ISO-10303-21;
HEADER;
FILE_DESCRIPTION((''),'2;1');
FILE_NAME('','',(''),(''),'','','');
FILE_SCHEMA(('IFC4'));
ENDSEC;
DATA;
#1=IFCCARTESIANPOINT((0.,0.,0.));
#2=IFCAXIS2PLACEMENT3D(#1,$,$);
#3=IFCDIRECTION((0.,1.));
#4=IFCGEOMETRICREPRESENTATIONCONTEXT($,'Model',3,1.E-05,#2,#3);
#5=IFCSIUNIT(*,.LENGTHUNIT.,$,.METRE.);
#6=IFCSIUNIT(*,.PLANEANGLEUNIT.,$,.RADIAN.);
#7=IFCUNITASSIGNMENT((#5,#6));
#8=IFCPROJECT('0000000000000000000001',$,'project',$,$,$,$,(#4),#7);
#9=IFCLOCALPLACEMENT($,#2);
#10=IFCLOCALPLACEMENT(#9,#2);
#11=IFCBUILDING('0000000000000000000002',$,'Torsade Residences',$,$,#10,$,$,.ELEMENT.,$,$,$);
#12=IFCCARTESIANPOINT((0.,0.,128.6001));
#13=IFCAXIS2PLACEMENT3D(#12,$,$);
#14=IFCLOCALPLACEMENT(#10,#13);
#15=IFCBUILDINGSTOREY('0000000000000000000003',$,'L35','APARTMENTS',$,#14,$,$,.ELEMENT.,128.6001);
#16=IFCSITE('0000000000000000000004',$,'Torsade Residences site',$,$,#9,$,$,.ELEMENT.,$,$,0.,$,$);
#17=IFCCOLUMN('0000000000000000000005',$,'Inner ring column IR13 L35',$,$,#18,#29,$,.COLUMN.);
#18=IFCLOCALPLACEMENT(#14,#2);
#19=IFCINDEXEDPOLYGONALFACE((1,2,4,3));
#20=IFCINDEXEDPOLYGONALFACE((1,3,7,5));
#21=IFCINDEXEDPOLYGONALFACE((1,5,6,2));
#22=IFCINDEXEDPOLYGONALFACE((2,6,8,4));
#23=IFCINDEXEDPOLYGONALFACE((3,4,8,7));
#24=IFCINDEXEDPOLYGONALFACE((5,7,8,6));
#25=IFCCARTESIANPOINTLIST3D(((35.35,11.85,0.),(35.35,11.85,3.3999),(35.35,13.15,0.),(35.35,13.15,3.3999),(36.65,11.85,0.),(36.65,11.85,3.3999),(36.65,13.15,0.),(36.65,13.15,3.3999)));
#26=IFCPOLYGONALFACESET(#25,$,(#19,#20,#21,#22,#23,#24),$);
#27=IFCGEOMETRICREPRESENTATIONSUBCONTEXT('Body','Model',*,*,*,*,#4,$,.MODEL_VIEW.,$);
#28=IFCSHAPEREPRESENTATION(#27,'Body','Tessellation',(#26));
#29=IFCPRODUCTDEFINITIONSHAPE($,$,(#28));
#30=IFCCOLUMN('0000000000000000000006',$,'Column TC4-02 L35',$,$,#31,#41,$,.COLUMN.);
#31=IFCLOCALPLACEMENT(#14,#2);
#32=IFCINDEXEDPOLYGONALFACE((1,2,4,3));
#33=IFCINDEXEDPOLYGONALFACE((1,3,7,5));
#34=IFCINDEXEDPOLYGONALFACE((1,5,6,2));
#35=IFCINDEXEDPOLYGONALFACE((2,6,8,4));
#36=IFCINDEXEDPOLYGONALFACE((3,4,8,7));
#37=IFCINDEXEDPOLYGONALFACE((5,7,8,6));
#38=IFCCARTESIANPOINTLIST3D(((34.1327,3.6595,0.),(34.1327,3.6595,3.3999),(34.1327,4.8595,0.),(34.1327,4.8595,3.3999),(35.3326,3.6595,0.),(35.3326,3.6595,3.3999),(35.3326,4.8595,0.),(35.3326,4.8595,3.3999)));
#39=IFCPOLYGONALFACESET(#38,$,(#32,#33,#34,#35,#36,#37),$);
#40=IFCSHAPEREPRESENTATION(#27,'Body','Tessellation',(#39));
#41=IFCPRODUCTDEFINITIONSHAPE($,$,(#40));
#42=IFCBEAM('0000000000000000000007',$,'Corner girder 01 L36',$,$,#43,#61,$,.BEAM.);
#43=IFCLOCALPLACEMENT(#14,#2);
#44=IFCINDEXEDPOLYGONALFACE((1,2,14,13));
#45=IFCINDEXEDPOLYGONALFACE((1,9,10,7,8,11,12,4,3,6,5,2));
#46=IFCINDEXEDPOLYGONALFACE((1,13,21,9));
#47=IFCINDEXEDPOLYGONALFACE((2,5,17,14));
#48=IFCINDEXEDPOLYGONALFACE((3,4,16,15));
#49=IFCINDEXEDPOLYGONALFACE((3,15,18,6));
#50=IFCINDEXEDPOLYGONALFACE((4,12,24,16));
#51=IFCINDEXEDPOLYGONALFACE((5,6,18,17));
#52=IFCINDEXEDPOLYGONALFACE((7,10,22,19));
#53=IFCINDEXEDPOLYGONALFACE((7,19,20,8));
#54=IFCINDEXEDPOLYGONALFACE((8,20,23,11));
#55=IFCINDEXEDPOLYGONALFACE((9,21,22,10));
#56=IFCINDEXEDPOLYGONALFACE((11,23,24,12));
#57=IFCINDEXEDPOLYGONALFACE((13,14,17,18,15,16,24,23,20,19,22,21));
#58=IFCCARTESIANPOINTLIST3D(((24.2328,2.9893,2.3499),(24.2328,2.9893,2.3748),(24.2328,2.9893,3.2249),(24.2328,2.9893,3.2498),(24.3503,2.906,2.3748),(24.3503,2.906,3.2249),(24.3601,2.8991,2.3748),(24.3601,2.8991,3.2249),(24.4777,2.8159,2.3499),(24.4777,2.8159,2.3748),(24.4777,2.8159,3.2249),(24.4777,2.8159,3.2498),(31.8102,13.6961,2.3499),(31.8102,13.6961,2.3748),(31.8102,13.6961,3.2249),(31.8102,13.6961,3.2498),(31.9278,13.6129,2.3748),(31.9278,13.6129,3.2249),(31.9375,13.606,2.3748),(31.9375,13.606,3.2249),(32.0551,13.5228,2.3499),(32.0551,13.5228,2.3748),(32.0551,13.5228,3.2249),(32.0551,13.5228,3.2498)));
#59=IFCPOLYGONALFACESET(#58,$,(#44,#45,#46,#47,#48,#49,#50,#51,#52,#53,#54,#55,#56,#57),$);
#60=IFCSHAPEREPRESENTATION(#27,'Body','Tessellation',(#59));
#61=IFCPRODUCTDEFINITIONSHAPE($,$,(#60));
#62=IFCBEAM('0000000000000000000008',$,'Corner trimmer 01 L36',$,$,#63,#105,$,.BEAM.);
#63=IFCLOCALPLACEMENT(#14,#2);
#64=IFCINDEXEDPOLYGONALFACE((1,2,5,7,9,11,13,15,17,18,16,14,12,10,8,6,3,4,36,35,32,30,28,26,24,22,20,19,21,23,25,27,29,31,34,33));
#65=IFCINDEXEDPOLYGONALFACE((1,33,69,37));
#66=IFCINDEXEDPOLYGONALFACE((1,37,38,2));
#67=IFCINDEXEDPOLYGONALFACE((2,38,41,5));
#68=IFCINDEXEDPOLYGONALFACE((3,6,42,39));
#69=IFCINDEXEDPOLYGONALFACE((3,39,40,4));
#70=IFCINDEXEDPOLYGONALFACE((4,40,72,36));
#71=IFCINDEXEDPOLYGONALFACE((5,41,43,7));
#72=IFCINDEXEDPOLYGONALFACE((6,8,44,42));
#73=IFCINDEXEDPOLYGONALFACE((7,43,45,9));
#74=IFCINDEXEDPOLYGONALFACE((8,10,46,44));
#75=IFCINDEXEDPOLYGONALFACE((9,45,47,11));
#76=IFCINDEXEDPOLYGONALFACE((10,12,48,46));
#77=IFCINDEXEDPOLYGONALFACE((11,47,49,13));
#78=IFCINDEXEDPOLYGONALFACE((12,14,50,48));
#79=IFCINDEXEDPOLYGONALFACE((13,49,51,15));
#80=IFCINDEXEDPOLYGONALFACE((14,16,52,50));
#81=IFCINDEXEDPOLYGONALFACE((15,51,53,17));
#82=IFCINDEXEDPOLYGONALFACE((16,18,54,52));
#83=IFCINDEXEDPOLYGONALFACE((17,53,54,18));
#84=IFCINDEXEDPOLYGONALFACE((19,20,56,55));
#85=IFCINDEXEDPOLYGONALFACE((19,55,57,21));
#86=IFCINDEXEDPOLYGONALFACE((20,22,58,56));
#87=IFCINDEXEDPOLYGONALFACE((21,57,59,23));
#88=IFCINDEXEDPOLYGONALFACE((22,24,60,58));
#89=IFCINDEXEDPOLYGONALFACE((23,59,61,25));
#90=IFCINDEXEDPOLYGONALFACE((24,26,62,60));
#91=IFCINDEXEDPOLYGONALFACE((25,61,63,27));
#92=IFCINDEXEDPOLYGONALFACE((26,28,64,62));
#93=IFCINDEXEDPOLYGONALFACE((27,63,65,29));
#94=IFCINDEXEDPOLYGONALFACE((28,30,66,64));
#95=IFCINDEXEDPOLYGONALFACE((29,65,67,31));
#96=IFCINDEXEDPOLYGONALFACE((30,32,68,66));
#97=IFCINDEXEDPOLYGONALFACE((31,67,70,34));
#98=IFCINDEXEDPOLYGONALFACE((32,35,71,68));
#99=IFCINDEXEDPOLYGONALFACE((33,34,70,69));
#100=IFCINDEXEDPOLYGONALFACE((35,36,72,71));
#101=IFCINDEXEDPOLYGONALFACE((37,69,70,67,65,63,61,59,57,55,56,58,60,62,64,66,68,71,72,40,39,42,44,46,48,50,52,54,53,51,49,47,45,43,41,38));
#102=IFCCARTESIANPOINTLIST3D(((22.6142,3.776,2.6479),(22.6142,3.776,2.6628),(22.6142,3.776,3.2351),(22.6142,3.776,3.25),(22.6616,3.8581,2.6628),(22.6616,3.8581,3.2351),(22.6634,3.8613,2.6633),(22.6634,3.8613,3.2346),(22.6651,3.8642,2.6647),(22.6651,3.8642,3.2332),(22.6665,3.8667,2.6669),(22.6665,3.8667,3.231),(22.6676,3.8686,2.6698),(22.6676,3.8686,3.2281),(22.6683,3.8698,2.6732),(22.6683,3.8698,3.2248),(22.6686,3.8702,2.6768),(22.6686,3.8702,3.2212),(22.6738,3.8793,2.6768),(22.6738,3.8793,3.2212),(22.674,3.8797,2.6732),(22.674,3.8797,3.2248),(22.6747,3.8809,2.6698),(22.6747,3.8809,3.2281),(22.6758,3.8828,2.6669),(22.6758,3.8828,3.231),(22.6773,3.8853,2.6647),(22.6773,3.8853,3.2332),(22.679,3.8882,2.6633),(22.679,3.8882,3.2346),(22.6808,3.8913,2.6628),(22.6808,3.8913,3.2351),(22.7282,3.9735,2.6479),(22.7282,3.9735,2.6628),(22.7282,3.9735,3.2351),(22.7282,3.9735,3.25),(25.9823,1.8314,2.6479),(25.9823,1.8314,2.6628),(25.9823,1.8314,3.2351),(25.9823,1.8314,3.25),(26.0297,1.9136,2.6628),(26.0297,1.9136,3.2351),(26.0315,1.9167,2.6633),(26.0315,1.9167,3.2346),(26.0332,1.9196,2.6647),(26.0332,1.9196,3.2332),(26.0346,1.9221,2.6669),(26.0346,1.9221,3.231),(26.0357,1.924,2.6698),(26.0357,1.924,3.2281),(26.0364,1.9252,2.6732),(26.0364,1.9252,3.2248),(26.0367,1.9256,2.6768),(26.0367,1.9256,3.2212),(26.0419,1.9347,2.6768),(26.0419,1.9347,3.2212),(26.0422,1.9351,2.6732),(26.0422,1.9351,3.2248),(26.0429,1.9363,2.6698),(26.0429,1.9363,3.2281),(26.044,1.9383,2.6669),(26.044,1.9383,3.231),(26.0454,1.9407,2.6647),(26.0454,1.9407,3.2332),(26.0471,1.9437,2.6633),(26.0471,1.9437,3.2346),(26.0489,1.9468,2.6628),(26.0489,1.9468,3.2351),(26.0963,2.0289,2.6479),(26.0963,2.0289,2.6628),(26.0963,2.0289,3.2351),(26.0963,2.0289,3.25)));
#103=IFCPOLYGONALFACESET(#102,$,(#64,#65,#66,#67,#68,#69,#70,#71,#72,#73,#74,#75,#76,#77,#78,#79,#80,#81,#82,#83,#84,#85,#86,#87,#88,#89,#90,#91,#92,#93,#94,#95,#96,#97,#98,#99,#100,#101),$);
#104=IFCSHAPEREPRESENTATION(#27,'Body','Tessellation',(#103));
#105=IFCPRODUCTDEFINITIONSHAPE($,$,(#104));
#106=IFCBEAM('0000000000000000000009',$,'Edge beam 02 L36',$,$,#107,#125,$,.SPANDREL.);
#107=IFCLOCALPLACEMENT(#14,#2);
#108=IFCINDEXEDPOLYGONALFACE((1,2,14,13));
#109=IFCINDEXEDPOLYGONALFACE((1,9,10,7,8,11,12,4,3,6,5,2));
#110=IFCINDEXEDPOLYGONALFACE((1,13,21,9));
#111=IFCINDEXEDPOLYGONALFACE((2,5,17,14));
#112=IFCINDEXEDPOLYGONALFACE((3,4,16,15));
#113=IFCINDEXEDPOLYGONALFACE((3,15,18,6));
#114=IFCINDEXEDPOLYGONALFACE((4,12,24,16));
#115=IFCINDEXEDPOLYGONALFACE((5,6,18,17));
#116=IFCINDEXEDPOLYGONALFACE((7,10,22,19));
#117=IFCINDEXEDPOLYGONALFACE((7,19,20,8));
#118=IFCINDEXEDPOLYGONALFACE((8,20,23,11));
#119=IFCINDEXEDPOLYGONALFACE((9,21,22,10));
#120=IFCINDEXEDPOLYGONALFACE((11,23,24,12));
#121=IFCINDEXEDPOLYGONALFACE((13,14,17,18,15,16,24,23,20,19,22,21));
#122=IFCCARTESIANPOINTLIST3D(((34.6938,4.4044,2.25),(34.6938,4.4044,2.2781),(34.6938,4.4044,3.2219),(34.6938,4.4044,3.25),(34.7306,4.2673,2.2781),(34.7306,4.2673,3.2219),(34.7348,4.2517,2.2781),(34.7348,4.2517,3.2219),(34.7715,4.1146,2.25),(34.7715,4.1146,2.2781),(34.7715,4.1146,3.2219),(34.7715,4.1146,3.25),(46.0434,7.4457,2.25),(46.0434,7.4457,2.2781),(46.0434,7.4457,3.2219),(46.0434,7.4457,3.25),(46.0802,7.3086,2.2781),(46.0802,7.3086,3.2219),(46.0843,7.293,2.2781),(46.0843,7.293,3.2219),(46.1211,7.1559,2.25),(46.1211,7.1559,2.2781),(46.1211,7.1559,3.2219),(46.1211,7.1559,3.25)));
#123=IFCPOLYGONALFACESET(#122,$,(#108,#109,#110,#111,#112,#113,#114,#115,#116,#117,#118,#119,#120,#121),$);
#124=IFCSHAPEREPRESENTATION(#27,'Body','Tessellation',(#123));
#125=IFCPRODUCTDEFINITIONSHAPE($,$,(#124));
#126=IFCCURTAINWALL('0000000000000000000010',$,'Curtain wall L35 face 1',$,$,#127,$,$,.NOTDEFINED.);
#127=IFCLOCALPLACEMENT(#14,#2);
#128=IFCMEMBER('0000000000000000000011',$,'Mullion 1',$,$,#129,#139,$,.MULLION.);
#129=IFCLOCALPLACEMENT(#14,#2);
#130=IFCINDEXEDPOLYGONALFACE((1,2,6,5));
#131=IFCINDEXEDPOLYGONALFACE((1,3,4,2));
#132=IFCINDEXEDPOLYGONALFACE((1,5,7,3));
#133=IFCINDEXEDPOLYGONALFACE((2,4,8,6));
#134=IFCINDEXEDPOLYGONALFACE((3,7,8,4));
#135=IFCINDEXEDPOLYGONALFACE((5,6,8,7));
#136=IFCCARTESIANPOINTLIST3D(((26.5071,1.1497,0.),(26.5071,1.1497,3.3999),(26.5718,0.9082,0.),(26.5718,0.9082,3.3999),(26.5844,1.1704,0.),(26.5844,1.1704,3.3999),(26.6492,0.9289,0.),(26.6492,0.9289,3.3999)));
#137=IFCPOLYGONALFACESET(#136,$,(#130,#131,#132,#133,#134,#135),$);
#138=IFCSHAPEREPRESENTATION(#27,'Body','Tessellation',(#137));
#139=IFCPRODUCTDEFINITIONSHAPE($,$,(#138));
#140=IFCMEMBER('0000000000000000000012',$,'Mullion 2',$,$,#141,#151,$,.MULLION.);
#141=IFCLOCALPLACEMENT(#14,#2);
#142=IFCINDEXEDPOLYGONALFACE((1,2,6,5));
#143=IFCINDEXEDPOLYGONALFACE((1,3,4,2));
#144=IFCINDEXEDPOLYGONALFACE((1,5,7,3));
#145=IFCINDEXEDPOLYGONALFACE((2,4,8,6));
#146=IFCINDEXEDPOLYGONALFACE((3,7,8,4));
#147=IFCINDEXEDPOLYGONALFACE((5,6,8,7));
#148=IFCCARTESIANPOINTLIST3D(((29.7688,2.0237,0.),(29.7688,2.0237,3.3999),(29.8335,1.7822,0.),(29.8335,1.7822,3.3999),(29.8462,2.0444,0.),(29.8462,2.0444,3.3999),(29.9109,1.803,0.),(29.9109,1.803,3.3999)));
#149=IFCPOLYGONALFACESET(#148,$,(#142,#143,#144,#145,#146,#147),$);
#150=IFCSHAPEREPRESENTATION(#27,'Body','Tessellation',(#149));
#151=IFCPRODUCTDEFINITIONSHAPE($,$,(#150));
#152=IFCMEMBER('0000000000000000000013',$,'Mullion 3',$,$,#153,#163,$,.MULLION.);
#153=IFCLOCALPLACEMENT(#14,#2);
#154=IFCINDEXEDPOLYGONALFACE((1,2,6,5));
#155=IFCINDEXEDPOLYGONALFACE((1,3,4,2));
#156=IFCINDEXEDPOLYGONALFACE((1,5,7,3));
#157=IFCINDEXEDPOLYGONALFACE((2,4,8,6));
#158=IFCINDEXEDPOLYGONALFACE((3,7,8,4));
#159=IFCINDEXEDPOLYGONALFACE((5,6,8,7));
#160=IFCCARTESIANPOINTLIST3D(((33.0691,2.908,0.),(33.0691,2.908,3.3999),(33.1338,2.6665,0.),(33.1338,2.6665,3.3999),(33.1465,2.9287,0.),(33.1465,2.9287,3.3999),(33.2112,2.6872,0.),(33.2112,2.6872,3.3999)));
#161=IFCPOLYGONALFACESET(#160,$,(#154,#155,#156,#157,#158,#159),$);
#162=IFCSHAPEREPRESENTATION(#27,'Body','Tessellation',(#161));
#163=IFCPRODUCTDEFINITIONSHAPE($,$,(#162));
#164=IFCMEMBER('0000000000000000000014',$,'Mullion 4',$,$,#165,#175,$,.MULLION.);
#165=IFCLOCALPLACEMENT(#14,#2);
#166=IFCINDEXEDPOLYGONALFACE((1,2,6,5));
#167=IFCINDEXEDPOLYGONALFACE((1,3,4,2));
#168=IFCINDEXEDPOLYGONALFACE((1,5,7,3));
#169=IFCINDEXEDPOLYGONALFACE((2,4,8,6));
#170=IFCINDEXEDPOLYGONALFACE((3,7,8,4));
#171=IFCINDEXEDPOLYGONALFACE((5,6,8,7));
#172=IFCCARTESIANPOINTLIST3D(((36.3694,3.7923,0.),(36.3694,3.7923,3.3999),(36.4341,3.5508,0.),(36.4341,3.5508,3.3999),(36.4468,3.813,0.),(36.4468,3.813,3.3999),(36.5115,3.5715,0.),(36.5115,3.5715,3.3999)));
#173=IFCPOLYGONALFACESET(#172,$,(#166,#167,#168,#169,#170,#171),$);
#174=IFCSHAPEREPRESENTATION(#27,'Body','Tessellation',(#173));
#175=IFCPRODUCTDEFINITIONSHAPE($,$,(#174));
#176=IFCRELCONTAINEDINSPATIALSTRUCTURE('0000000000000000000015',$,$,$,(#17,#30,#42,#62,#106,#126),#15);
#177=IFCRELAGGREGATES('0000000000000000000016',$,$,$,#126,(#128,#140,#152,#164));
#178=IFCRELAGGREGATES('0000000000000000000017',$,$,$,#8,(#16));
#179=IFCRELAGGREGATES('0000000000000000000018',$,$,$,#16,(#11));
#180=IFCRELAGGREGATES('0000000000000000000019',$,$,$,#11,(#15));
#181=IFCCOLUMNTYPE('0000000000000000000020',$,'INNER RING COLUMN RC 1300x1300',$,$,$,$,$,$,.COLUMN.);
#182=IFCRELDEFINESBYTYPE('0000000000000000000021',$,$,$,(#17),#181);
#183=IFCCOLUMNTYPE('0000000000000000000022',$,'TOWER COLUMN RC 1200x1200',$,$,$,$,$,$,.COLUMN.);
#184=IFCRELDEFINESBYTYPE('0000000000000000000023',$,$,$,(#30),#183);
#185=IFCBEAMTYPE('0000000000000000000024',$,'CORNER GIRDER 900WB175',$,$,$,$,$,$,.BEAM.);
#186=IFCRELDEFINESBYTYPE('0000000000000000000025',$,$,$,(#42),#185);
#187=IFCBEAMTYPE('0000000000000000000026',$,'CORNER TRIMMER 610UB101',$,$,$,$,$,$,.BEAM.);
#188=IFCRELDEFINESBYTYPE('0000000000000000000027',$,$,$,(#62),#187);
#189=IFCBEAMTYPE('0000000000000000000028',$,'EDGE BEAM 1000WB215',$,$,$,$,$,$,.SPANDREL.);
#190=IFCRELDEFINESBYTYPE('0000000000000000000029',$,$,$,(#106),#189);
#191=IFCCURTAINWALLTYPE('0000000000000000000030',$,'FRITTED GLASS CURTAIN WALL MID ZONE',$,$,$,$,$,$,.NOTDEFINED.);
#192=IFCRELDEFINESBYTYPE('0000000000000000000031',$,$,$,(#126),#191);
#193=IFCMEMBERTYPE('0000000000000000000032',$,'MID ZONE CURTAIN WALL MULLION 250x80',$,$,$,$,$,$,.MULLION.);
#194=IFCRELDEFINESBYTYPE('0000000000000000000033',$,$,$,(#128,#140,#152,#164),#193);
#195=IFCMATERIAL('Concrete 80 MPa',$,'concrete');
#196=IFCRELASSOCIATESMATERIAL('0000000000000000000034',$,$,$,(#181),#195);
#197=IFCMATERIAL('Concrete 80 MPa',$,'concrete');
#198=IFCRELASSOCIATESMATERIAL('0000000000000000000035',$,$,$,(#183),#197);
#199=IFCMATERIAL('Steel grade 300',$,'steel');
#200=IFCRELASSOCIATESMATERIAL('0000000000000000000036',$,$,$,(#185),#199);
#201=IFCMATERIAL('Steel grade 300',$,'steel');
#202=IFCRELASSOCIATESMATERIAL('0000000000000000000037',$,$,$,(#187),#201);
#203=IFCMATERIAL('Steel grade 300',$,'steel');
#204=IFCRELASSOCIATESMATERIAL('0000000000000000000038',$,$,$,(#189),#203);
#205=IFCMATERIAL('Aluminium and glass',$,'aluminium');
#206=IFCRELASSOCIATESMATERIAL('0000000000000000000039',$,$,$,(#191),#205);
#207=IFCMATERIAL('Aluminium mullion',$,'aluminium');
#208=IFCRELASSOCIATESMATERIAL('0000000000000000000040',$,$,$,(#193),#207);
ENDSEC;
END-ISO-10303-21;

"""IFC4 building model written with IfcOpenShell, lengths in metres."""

from ifc_helpers import new_model, si_unit, direction, frame, origin, origin_2d, place, context, subcontext, project, spatial, rectangle, i_section, extrude, material, material_profile, profile_set, type_object, element, aggregate, save


model = new_model("IFC4")

# Units and contexts
model_context = context("Model", 3, precision=1e-05, world=origin(), true_north=direction((0.0, 1.0)))
body_context = subcontext(model_context, "Body", "Model", "MODEL_VIEW")
ifc_project = project(units=[si_unit("LENGTHUNIT", "METRE"), si_unit("PLANEANGLEUNIT", "RADIAN")], contexts=[model_context])

# Site, building, storey
site_placement = place(None, origin())
site = spatial("IfcSite", under=ifc_project, at=site_placement, Name="Torsade Residences site", CompositionType="ELEMENT", RefElevation=0.0)
building_placement = place(site_placement, origin())
building = spatial("IfcBuilding", under=site, at=building_placement, Name="Torsade Residences", CompositionType="ELEMENT")
storey_placement = place(building_placement, frame((0.0, 0.0, 128.6001)))
storey = spatial("IfcBuildingStorey", under=building, at=storey_placement, Name="L35", Description="APARTMENTS", CompositionType="ELEMENT", Elevation=128.6001)

# Columns
ifc_material_1 = material(Name="Concrete 80 MPa", Category="concrete")
ifc_material_profile_1 = material_profile(ifc_material_1, rectangle(XDim=1.3, YDim=1.3, at=origin_2d()), Name="RC 1300x1300")
ifc_profile_set_1 = profile_set([ifc_material_profile_1], Name="Concrete 80 MPa")
column_type_1 = type_object("IfcColumnType", Name="INNER RING COLUMN RC 1300x1300", PredefinedType="COLUMN", material=ifc_profile_set_1)
column_1_placement = place(storey_placement, frame((36.0, 12.5, 0.0), z_axis=(0.0, 0.0, 1.0), x_axis=(1.0, 0.0, 0.0)))
element("IfcColumn", 1, at=column_1_placement, inside=storey, type_object=column_type_1, Name="Inner ring column IR13 L35", PredefinedType="COLUMN", context=body_context, shape_type="SweptSolid", body=[
    extrude(rectangle(XDim=1.3, YDim=1.3, at=origin_2d()), origin(), (0.0, 0.0, 1.0), 3.3999),
])
ifc_material_2 = material(Name="Concrete 80 MPa", Category="concrete")
ifc_material_profile_2 = material_profile(ifc_material_2, rectangle(XDim=1.2, YDim=1.2, at=origin_2d()), Name="RC 1200x1200")
ifc_profile_set_2 = profile_set([ifc_material_profile_2], Name="Concrete 80 MPa")
column_type_2 = type_object("IfcColumnType", Name="TOWER COLUMN RC 1200x1200", PredefinedType="COLUMN", material=ifc_profile_set_2)
column_2_placement = place(storey_placement, frame((34.7327, 4.2595, 0.0), z_axis=(0.0, 0.0, 1.0), x_axis=(1.0, 0.0, 0.0)))
element("IfcColumn", 2, at=column_2_placement, inside=storey, type_object=column_type_2, Name="Column TC4-02 L35", PredefinedType="COLUMN", context=body_context, shape_type="SweptSolid", body=[
    extrude(rectangle(XDim=1.2, YDim=1.2, at=origin_2d()), origin(), (0.0, 0.0, 1.0), 3.3999),
])

# Beams
ifc_material_3 = material(Name="Steel grade 300", Category="steel")
ifc_material_profile_3 = material_profile(ifc_material_3, i_section(OverallWidth=0.3, OverallDepth=0.8999, WebThickness=0.012, FlangeThickness=0.0249, at=origin_2d()), Name="900WB175")
ifc_profile_set_3 = profile_set([ifc_material_profile_3], Name="Steel grade 300")
beam_type_1 = type_object("IfcBeamType", Name="CORNER GIRDER 900WB175", PredefinedType="BEAM", material=ifc_profile_set_3)
beam_1_placement = place(storey_placement, frame((24.3552, 2.9026, 2.7998), z_axis=(0.577683, 0.816261, 0.0), x_axis=(-0.816261, 0.577683, 0.0)))
element("IfcBeam", 3, at=beam_1_placement, inside=storey, type_object=beam_type_1, Name="Corner girder 01 L36", PredefinedType="BEAM", context=body_context, shape_type="SweptSolid", body=[
    extrude(i_section(OverallWidth=0.3, OverallDepth=0.8999, WebThickness=0.012, FlangeThickness=0.0249, at=origin_2d()), origin(), (0.0, 0.0, 1.0), 13.1169),
])
ifc_material_4 = material(Name="Steel grade 300", Category="steel")
ifc_material_profile_4 = material_profile(ifc_material_4, i_section(OverallWidth=0.228, OverallDepth=0.6021, WebThickness=0.0105, FlangeThickness=0.0149, FilletRadius=0.0139, at=origin_2d()), Name="610UB101")
ifc_profile_set_4 = profile_set([ifc_material_profile_4], Name="Steel grade 300")
beam_type_2 = type_object("IfcBeamType", Name="CORNER TRIMMER 610UB101", PredefinedType="BEAM", material=ifc_profile_set_4)
beam_2_placement = place(storey_placement, frame((26.0393, 1.9302, 2.949), z_axis=(-0.866029, 0.499994, 0.0), x_axis=(-0.499994, -0.866029, 0.0)))
element("IfcBeam", 4, at=beam_2_placement, inside=storey, type_object=beam_type_2, Name="Corner trimmer 01 L36", PredefinedType="BEAM", context=body_context, shape_type="SweptSolid", body=[
    extrude(i_section(OverallWidth=0.228, OverallDepth=0.6021, WebThickness=0.0105, FlangeThickness=0.0149, FilletRadius=0.0139, at=origin_2d()), origin(), (0.0, 0.0, 1.0), 3.8892),
])
ifc_material_5 = material(Name="Steel grade 300", Category="steel")
ifc_material_profile_5 = material_profile(ifc_material_5, i_section(OverallWidth=0.3, OverallDepth=1.0, WebThickness=0.0161, FlangeThickness=0.0281, at=origin_2d()), Name="1000WB215")
ifc_profile_set_5 = profile_set([ifc_material_profile_5], Name="Steel grade 300")
beam_type_3 = type_object("IfcBeamType", Name="EDGE BEAM 1000WB215", PredefinedType="SPANDREL", material=ifc_profile_set_5)
beam_3_placement = place(storey_placement, frame((34.7327, 4.2595, 2.75), z_axis=(0.965923, 0.25883, 0.0), x_axis=(-0.25883, 0.965923, 0.0)))
element("IfcBeam", 5, at=beam_3_placement, inside=storey, type_object=beam_type_3, Name="Edge beam 02 L36", PredefinedType="SPANDREL", context=body_context, shape_type="SweptSolid", body=[
    extrude(i_section(OverallWidth=0.3, OverallDepth=1.0, WebThickness=0.0161, FlangeThickness=0.0281, at=origin_2d()), origin(), (0.0, 0.0, 1.0), 11.75),
])

# Curtain wall, members
ifc_material_6 = material(Name="Aluminium and glass", Category="aluminium")
curtain_wall_type = type_object("IfcCurtainWallType", Name="FRITTED GLASS CURTAIN WALL MID ZONE", PredefinedType="NOTDEFINED", material=ifc_material_6)
curtain_wall_placement = place(storey_placement, origin())
curtain_wall = element("IfcCurtainWall", 6, at=curtain_wall_placement, inside=storey, type_object=curtain_wall_type, Name="Curtain wall L35 face 1", PredefinedType="NOTDEFINED")
ifc_material_7 = material(Name="Aluminium mullion", Category="aluminium")
ifc_material_profile_6 = material_profile(ifc_material_7, rectangle(XDim=0.25, YDim=0.0801, at=origin_2d()), Name="MID ZONE CURTAIN WALL MULLION 250x80")
ifc_profile_set_6 = profile_set([ifc_material_profile_6], Name="Aluminium mullion")
member_type_1 = type_object("IfcMemberType", Name="MID ZONE CURTAIN WALL MULLION 250x80", PredefinedType="MULLION", material=ifc_profile_set_6)
member_1_placement = place(storey_placement, frame((26.5781, 1.0393, 0.0), z_axis=(0.0, 0.0, 1.0), x_axis=(-0.258819, 0.965926, 0.0)))
member_1 = element("IfcMember", 7, at=member_1_placement, type_object=member_type_1, Name="Mullion 1", PredefinedType="MULLION", context=body_context, shape_type="SweptSolid", body=[
    extrude(rectangle(XDim=0.25, YDim=0.0801, at=origin_2d()), origin(), (0.0, 0.0, 1.0), 3.3999),
])
member_2_placement = place(storey_placement, frame((29.8398, 1.9133, 0.0), z_axis=(0.0, 0.0, 1.0), x_axis=(-0.258819, 0.965926, 0.0)))
member_2 = element("IfcMember", 8, at=member_2_placement, type_object=member_type_1, Name="Mullion 2", PredefinedType="MULLION", context=body_context, shape_type="SweptSolid", body=[
    extrude(rectangle(XDim=0.25, YDim=0.0801, at=origin_2d()), origin(), (0.0, 0.0, 1.0), 3.3999),
])
member_3_placement = place(storey_placement, frame((33.1401, 2.7976, 0.0), z_axis=(0.0, 0.0, 1.0), x_axis=(-0.258819, 0.965926, 0.0)))
member_3 = element("IfcMember", 9, at=member_3_placement, type_object=member_type_1, Name="Mullion 3", PredefinedType="MULLION", context=body_context, shape_type="SweptSolid", body=[
    extrude(rectangle(XDim=0.25, YDim=0.0801, at=origin_2d()), origin(), (0.0, 0.0, 1.0), 3.3999),
])
member_4_placement = place(storey_placement, frame((36.4404, 3.6819, 0.0), z_axis=(0.0, 0.0, 1.0), x_axis=(-0.258819, 0.965926, 0.0)))
member_4 = element("IfcMember", 10, at=member_4_placement, type_object=member_type_1, Name="Mullion 4", PredefinedType="MULLION", context=body_context, shape_type="SweptSolid", body=[
    extrude(rectangle(XDim=0.25, YDim=0.0801, at=origin_2d()), origin(), (0.0, 0.0, 1.0), 3.3999),
])

aggregate(curtain_wall, [member_1, member_2, member_3, member_4])

save(model, "model.ifc")
